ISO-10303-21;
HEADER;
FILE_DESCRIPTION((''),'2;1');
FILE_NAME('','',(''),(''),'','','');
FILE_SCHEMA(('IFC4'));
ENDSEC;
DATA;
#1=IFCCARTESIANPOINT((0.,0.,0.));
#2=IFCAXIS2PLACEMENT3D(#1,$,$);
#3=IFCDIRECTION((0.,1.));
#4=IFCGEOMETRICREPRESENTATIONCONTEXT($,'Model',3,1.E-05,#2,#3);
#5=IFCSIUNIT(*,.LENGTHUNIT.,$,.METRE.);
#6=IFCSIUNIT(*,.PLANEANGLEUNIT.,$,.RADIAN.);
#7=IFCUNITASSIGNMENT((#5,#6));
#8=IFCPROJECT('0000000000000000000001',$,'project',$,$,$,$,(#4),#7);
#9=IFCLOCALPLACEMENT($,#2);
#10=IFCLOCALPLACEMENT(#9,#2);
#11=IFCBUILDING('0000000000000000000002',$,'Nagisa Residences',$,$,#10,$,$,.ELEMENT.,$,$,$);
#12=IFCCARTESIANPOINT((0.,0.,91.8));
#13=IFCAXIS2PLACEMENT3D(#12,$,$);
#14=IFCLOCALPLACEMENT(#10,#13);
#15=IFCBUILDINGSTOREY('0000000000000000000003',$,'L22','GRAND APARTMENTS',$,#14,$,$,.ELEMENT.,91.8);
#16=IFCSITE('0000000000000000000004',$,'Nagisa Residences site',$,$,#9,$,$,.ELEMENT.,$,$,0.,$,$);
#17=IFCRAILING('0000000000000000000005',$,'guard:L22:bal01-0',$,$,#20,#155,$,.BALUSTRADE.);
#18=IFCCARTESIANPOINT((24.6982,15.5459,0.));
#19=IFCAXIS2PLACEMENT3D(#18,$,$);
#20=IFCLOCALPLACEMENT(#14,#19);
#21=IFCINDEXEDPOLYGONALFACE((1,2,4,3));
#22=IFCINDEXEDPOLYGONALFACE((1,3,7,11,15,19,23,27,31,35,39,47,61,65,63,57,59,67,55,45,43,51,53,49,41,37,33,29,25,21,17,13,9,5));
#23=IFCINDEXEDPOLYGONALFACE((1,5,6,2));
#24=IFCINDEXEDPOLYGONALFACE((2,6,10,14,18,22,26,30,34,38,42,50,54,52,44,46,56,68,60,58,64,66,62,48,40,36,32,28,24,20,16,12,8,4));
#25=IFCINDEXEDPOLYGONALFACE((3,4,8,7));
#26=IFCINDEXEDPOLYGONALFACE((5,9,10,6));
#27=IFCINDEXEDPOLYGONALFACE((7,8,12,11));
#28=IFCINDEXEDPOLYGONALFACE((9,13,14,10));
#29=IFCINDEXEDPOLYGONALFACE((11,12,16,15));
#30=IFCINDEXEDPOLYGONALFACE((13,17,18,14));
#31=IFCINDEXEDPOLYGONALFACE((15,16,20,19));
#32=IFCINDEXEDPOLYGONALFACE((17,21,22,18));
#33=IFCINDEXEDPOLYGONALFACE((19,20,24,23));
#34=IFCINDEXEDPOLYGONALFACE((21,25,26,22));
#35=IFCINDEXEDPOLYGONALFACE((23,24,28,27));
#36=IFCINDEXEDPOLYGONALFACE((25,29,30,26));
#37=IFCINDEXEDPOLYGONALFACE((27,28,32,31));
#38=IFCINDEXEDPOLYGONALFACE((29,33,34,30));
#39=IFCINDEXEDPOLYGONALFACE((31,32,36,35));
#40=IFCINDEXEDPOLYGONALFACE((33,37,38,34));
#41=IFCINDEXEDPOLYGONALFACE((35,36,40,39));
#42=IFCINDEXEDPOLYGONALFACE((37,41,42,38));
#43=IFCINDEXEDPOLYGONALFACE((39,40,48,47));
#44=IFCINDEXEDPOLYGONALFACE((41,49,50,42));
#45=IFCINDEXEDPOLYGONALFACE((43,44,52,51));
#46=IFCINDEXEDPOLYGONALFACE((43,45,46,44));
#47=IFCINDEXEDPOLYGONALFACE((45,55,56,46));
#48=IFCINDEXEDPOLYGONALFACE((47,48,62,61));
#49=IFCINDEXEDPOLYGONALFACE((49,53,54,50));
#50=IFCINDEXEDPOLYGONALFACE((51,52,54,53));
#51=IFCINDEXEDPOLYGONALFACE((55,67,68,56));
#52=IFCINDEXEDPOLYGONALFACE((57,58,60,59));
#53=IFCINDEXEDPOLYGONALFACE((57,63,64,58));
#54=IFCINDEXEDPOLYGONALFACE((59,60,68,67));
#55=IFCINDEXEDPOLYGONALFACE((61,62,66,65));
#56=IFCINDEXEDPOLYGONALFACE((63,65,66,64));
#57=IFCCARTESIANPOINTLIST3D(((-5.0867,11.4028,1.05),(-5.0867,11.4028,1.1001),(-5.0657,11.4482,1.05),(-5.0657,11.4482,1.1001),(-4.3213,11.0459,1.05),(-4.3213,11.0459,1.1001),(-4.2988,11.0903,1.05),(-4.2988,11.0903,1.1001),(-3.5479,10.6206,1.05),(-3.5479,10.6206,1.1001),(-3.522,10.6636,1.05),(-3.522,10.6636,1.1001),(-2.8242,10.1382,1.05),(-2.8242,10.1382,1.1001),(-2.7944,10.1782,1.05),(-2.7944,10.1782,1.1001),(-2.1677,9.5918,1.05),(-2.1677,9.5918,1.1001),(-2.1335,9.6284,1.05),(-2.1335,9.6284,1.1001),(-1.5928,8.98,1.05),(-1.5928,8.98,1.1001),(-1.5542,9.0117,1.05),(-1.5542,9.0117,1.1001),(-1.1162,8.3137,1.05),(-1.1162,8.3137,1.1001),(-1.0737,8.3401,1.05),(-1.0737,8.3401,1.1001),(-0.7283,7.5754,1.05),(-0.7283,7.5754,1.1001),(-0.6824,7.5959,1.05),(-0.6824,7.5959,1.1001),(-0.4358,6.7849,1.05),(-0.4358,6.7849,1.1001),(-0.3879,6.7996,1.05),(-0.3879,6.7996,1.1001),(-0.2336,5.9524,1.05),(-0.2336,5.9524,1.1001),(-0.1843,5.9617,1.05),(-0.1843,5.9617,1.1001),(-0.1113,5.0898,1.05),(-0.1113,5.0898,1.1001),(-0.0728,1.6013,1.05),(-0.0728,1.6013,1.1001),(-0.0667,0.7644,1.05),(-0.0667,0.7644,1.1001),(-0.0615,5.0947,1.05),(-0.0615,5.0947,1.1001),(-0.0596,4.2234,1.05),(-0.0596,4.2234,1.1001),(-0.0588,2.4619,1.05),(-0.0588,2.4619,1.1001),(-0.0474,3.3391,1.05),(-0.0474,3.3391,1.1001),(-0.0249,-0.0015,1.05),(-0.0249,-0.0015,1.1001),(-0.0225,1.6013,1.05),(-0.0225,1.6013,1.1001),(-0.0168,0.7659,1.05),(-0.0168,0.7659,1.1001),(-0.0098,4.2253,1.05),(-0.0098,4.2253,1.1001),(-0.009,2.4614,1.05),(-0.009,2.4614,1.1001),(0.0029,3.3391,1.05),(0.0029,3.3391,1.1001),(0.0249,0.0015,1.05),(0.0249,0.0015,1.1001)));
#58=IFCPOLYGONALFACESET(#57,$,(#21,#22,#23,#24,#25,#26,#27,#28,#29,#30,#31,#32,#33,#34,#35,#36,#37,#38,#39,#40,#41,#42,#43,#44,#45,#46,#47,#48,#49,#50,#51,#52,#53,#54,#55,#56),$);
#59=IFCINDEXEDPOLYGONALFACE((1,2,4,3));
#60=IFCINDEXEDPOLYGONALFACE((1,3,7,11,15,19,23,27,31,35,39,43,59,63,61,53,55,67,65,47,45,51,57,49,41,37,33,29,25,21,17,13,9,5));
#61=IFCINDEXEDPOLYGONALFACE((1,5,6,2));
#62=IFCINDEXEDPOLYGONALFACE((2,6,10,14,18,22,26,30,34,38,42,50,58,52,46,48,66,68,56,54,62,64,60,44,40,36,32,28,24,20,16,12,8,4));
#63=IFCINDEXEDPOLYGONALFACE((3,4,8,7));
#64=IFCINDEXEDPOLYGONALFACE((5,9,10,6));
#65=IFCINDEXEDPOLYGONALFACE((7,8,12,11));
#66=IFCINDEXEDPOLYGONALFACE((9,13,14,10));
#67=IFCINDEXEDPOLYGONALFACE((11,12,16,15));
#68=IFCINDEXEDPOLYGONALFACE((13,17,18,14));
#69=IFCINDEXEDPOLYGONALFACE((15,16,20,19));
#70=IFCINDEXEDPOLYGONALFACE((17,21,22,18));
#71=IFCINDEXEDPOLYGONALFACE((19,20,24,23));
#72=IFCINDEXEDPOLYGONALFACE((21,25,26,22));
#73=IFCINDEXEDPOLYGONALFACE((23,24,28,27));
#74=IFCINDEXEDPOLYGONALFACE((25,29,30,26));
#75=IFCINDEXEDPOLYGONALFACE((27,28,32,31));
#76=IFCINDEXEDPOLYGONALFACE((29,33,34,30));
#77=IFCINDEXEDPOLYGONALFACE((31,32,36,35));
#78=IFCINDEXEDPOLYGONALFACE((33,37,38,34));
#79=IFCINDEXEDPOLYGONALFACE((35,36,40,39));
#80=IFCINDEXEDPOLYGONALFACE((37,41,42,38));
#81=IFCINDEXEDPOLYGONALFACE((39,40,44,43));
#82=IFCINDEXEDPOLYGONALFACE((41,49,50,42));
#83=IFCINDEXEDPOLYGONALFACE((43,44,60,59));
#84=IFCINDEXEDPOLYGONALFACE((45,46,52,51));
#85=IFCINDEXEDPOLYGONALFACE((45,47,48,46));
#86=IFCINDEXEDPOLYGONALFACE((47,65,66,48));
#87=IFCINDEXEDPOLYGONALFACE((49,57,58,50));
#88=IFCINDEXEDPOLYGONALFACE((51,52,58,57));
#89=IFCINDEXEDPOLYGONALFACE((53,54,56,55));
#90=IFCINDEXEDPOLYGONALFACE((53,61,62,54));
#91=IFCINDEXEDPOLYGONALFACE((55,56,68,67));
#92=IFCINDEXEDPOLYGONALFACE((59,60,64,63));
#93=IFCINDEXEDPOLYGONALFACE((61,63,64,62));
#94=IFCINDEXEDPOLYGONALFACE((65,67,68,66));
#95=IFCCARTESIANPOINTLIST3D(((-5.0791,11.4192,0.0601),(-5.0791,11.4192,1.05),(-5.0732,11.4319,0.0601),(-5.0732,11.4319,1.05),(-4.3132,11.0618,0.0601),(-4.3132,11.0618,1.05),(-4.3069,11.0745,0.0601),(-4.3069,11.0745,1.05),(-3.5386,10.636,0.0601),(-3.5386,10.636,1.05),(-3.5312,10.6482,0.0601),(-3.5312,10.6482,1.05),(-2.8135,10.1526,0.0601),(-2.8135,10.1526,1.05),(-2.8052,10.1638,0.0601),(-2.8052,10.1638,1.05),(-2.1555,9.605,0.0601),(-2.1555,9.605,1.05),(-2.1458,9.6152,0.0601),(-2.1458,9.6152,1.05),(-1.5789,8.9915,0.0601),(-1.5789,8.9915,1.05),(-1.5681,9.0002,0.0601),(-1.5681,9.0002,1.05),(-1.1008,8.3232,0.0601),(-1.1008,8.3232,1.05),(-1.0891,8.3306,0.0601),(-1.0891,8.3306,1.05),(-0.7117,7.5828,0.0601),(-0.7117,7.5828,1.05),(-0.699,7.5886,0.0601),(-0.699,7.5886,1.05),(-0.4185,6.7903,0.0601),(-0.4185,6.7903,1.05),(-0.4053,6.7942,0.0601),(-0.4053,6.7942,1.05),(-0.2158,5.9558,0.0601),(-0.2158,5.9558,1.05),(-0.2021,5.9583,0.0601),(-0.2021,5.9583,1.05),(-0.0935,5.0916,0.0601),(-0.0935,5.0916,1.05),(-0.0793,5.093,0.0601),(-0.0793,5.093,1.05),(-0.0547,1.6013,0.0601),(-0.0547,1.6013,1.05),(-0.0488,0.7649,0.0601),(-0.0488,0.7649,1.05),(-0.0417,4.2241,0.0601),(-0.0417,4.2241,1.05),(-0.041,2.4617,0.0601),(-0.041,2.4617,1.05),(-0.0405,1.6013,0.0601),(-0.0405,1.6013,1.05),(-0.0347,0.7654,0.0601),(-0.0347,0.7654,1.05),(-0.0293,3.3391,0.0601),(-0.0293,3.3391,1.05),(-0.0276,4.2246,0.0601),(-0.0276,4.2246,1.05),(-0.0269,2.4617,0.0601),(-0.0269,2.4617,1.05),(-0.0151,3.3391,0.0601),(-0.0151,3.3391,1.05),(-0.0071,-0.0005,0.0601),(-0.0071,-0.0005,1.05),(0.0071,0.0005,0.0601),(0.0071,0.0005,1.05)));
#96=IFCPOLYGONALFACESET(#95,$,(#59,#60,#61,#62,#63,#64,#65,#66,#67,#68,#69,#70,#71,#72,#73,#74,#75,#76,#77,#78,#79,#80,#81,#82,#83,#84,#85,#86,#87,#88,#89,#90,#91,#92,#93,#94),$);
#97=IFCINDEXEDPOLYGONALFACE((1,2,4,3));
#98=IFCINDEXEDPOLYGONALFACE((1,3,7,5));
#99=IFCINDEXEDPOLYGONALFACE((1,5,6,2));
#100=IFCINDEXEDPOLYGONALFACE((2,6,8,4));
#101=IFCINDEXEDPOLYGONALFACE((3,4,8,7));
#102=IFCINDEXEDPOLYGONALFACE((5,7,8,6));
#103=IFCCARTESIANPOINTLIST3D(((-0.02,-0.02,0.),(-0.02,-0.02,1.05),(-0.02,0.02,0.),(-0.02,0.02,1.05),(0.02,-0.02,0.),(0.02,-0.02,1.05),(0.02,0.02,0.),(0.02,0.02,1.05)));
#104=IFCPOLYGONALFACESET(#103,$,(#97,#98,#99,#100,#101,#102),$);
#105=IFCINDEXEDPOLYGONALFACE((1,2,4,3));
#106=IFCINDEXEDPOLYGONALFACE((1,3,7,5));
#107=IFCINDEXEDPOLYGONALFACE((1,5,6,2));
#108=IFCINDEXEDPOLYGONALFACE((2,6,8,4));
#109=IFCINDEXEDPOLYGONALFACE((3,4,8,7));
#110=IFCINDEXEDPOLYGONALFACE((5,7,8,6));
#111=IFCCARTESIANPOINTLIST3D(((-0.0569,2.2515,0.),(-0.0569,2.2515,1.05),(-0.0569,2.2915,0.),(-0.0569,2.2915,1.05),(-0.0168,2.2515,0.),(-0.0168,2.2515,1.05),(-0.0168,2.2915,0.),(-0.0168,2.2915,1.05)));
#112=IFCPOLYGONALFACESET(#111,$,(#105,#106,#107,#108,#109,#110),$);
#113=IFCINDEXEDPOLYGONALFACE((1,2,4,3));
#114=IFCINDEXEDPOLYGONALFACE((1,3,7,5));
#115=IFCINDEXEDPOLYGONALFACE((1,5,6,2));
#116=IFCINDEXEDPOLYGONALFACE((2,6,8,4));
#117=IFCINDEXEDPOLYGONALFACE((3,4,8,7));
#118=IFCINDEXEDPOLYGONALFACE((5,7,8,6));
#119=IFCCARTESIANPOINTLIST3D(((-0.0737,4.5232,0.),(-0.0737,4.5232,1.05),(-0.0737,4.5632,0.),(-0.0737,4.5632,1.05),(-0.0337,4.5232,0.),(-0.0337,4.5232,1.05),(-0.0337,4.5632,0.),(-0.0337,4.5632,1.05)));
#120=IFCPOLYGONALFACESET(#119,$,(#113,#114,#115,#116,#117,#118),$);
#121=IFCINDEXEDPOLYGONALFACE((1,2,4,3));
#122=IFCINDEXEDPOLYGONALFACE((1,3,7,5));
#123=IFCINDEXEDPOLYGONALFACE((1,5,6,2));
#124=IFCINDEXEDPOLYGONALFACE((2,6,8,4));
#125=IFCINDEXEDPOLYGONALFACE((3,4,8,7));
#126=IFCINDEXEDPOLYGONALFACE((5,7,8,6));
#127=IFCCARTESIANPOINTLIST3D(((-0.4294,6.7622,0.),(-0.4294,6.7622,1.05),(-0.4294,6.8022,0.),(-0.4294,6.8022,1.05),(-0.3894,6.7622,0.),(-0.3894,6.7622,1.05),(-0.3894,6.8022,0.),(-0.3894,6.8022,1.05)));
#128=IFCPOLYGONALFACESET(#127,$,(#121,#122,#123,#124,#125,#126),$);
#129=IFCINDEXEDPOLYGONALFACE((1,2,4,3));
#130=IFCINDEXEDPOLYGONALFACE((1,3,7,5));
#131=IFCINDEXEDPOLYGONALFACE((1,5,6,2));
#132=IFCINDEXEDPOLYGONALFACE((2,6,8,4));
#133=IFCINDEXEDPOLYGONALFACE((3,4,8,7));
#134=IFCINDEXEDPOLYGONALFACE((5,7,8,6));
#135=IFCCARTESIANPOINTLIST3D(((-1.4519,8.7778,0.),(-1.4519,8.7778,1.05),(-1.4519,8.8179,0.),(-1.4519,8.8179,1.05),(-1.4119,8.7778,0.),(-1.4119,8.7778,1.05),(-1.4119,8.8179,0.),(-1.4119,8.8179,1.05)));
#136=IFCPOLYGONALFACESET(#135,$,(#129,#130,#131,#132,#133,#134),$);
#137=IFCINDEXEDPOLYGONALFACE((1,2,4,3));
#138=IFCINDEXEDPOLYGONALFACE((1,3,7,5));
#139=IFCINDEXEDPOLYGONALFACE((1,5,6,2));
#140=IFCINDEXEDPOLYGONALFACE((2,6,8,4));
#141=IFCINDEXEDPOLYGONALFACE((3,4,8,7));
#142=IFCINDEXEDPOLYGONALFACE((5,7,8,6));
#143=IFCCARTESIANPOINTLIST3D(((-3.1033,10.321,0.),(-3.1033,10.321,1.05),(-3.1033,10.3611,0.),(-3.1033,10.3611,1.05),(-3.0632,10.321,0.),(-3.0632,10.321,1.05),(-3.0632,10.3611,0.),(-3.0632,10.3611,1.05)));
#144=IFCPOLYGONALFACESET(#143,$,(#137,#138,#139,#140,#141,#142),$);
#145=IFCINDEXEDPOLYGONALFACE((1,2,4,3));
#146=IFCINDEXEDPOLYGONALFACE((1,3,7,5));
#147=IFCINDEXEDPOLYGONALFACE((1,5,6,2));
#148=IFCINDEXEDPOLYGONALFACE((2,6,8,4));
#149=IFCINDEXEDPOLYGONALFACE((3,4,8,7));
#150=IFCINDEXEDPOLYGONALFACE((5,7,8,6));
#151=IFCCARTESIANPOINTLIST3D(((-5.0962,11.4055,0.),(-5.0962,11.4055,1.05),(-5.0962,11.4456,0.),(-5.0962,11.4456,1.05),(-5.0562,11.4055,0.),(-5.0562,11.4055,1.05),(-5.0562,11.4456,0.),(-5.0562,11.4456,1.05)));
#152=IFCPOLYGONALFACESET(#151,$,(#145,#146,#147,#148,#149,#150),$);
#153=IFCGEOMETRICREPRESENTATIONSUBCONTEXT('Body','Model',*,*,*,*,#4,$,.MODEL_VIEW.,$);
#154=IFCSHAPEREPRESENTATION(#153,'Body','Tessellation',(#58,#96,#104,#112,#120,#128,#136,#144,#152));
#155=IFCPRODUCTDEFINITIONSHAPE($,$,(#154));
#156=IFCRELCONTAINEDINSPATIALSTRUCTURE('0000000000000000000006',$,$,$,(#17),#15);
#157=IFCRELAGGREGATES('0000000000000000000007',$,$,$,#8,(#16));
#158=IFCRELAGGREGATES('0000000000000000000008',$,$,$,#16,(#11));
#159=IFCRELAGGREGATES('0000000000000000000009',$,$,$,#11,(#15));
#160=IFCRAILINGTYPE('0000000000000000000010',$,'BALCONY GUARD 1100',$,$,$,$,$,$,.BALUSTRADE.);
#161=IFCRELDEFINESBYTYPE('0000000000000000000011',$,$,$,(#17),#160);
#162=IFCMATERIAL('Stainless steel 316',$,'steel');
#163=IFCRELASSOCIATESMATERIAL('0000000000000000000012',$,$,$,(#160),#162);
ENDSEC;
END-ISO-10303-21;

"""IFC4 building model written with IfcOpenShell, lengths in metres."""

from ifc_helpers import new_model, si_unit, direction, frame, origin, origin_2d, place, context, subcontext, project, spatial, polyline, rectangle, outline, extrude, material, type_object, element, save


model = new_model("IFC4")

# Units and contexts
model_context = context("Model", 3, precision=1e-05, world=origin(), true_north=direction((0.0, 1.0)))
body_context = subcontext(model_context, "Body", "Model", "MODEL_VIEW")
ifc_project = project(units=[si_unit("LENGTHUNIT", "METRE"), si_unit("PLANEANGLEUNIT", "RADIAN")], contexts=[model_context])

# Site, building, storey
site_placement = place(None, origin())
site = spatial("IfcSite", under=ifc_project, at=site_placement, Name="Nagisa Residences site", CompositionType="ELEMENT", RefElevation=0.0)
building_placement = place(site_placement, origin())
building = spatial("IfcBuilding", under=site, at=building_placement, Name="Nagisa Residences", CompositionType="ELEMENT")
storey_placement = place(building_placement, frame((0.0, 0.0, 91.8)))
storey = spatial("IfcBuildingStorey", under=building, at=storey_placement, Name="L22", Description="GRAND APARTMENTS", CompositionType="ELEMENT", Elevation=91.8)

# Railing
ifc_material_1 = material(Name="Stainless steel 316", Category="steel")
railing_type = type_object("IfcRailingType", Name="BALCONY GUARD 1100", PredefinedType="BALUSTRADE", material=ifc_material_1)
railing_1_placement = place(storey_placement, frame((24.6982, 15.5459, 0.0)))
element("IfcRailing", 1, at=railing_1_placement, inside=storey, type_object=railing_type, Name="guard:L22:bal01-0", PredefinedType="BALUSTRADE", context=body_context, shape_type="SweptSolid", body=[
    extrude(outline(polyline([(-0.0667, 0.7644), (-0.0249, -0.0015), (0.0249, 0.0015), (-0.0168, 0.7659), (-0.0225, 1.6013), (-0.009, 2.4614), (0.0029, 3.3391), (-0.0098, 4.2253), (-0.0615, 5.0947), (-0.1843, 5.9617), (-0.3879, 6.7996), (-0.6824, 7.5959), (-1.0737, 8.3401), (-1.5542, 9.0117), (-2.1335, 9.6284), (-2.7944, 10.1782), (-3.522, 10.6636), (-4.2988, 11.0903), (-5.0657, 11.4482), (-5.0867, 11.4028), (-4.3213, 11.0459), (-3.5479, 10.6206), (-2.8242, 10.1382), (-2.1677, 9.5918), (-1.5928, 8.98), (-1.1162, 8.3137), (-0.7283, 7.5754), (-0.4358, 6.7849), (-0.2336, 5.9524), (-0.1113, 5.0898), (-0.0596, 4.2234), (-0.0474, 3.3391), (-0.0588, 2.4619), (-0.0728, 1.6013), (-0.0667, 0.7644)])), frame((0.0, 0.0, 1.05)), (0.0, 0.0, 1.0), 0.05),
    extrude(outline(polyline([(-0.0488, 0.7649), (-0.0071, -0.0005), (0.0071, 0.0005), (-0.0347, 0.7654), (-0.0405, 1.6013), (-0.0269, 2.4617), (-0.0151, 3.3391), (-0.0276, 4.2246), (-0.0793, 5.093), (-0.2021, 5.9583), (-0.4053, 6.7942), (-0.699, 7.5886), (-1.0891, 8.3306), (-1.5681, 9.0002), (-2.1458, 9.6152), (-2.8052, 10.1638), (-3.5312, 10.6482), (-4.3069, 11.0745), (-5.0732, 11.4319), (-5.0791, 11.4192), (-4.3132, 11.0618), (-3.5386, 10.636), (-2.8135, 10.1526), (-2.1555, 9.605), (-1.5789, 8.9915), (-1.1008, 8.3232), (-0.7117, 7.5828), (-0.4185, 6.7903), (-0.2158, 5.9558), (-0.0935, 5.0916), (-0.0417, 4.2241), (-0.0293, 3.3391), (-0.041, 2.4617), (-0.0547, 1.6013), (-0.0488, 0.7649)])), frame((0.0, 0.0, 0.0601)), (0.0, 0.0, 1.0), 0.99),
    extrude(rectangle(XDim=0.04, YDim=0.04, at=origin_2d()), origin(), (0.0, 0.0, 1.0), 1.05),
    extrude(rectangle(XDim=0.04, YDim=0.04, at=origin_2d()), frame((-0.0369, 2.2715, 0.0)), (0.0, 0.0, 1.0), 1.05),
    extrude(rectangle(XDim=0.04, YDim=0.04, at=origin_2d()), frame((-0.0537, 4.5432, 0.0)), (0.0, 0.0, 1.0), 1.05),
    extrude(rectangle(XDim=0.04, YDim=0.04, at=origin_2d()), frame((-0.4094, 6.7822, 0.0)), (0.0, 0.0, 1.0), 1.05),
    extrude(rectangle(XDim=0.04, YDim=0.04, at=origin_2d()), frame((-1.4319, 8.7979, 0.0)), (0.0, 0.0, 1.0), 1.05),
    extrude(rectangle(XDim=0.04, YDim=0.04, at=origin_2d()), frame((-3.0833, 10.3411, 0.0)), (0.0, 0.0, 1.0), 1.05),
    extrude(rectangle(XDim=0.04, YDim=0.04, at=origin_2d()), frame((-5.0762, 11.4255, 0.0)), (0.0, 0.0, 1.0), 1.05),
])

save(model, "model.ifc")
